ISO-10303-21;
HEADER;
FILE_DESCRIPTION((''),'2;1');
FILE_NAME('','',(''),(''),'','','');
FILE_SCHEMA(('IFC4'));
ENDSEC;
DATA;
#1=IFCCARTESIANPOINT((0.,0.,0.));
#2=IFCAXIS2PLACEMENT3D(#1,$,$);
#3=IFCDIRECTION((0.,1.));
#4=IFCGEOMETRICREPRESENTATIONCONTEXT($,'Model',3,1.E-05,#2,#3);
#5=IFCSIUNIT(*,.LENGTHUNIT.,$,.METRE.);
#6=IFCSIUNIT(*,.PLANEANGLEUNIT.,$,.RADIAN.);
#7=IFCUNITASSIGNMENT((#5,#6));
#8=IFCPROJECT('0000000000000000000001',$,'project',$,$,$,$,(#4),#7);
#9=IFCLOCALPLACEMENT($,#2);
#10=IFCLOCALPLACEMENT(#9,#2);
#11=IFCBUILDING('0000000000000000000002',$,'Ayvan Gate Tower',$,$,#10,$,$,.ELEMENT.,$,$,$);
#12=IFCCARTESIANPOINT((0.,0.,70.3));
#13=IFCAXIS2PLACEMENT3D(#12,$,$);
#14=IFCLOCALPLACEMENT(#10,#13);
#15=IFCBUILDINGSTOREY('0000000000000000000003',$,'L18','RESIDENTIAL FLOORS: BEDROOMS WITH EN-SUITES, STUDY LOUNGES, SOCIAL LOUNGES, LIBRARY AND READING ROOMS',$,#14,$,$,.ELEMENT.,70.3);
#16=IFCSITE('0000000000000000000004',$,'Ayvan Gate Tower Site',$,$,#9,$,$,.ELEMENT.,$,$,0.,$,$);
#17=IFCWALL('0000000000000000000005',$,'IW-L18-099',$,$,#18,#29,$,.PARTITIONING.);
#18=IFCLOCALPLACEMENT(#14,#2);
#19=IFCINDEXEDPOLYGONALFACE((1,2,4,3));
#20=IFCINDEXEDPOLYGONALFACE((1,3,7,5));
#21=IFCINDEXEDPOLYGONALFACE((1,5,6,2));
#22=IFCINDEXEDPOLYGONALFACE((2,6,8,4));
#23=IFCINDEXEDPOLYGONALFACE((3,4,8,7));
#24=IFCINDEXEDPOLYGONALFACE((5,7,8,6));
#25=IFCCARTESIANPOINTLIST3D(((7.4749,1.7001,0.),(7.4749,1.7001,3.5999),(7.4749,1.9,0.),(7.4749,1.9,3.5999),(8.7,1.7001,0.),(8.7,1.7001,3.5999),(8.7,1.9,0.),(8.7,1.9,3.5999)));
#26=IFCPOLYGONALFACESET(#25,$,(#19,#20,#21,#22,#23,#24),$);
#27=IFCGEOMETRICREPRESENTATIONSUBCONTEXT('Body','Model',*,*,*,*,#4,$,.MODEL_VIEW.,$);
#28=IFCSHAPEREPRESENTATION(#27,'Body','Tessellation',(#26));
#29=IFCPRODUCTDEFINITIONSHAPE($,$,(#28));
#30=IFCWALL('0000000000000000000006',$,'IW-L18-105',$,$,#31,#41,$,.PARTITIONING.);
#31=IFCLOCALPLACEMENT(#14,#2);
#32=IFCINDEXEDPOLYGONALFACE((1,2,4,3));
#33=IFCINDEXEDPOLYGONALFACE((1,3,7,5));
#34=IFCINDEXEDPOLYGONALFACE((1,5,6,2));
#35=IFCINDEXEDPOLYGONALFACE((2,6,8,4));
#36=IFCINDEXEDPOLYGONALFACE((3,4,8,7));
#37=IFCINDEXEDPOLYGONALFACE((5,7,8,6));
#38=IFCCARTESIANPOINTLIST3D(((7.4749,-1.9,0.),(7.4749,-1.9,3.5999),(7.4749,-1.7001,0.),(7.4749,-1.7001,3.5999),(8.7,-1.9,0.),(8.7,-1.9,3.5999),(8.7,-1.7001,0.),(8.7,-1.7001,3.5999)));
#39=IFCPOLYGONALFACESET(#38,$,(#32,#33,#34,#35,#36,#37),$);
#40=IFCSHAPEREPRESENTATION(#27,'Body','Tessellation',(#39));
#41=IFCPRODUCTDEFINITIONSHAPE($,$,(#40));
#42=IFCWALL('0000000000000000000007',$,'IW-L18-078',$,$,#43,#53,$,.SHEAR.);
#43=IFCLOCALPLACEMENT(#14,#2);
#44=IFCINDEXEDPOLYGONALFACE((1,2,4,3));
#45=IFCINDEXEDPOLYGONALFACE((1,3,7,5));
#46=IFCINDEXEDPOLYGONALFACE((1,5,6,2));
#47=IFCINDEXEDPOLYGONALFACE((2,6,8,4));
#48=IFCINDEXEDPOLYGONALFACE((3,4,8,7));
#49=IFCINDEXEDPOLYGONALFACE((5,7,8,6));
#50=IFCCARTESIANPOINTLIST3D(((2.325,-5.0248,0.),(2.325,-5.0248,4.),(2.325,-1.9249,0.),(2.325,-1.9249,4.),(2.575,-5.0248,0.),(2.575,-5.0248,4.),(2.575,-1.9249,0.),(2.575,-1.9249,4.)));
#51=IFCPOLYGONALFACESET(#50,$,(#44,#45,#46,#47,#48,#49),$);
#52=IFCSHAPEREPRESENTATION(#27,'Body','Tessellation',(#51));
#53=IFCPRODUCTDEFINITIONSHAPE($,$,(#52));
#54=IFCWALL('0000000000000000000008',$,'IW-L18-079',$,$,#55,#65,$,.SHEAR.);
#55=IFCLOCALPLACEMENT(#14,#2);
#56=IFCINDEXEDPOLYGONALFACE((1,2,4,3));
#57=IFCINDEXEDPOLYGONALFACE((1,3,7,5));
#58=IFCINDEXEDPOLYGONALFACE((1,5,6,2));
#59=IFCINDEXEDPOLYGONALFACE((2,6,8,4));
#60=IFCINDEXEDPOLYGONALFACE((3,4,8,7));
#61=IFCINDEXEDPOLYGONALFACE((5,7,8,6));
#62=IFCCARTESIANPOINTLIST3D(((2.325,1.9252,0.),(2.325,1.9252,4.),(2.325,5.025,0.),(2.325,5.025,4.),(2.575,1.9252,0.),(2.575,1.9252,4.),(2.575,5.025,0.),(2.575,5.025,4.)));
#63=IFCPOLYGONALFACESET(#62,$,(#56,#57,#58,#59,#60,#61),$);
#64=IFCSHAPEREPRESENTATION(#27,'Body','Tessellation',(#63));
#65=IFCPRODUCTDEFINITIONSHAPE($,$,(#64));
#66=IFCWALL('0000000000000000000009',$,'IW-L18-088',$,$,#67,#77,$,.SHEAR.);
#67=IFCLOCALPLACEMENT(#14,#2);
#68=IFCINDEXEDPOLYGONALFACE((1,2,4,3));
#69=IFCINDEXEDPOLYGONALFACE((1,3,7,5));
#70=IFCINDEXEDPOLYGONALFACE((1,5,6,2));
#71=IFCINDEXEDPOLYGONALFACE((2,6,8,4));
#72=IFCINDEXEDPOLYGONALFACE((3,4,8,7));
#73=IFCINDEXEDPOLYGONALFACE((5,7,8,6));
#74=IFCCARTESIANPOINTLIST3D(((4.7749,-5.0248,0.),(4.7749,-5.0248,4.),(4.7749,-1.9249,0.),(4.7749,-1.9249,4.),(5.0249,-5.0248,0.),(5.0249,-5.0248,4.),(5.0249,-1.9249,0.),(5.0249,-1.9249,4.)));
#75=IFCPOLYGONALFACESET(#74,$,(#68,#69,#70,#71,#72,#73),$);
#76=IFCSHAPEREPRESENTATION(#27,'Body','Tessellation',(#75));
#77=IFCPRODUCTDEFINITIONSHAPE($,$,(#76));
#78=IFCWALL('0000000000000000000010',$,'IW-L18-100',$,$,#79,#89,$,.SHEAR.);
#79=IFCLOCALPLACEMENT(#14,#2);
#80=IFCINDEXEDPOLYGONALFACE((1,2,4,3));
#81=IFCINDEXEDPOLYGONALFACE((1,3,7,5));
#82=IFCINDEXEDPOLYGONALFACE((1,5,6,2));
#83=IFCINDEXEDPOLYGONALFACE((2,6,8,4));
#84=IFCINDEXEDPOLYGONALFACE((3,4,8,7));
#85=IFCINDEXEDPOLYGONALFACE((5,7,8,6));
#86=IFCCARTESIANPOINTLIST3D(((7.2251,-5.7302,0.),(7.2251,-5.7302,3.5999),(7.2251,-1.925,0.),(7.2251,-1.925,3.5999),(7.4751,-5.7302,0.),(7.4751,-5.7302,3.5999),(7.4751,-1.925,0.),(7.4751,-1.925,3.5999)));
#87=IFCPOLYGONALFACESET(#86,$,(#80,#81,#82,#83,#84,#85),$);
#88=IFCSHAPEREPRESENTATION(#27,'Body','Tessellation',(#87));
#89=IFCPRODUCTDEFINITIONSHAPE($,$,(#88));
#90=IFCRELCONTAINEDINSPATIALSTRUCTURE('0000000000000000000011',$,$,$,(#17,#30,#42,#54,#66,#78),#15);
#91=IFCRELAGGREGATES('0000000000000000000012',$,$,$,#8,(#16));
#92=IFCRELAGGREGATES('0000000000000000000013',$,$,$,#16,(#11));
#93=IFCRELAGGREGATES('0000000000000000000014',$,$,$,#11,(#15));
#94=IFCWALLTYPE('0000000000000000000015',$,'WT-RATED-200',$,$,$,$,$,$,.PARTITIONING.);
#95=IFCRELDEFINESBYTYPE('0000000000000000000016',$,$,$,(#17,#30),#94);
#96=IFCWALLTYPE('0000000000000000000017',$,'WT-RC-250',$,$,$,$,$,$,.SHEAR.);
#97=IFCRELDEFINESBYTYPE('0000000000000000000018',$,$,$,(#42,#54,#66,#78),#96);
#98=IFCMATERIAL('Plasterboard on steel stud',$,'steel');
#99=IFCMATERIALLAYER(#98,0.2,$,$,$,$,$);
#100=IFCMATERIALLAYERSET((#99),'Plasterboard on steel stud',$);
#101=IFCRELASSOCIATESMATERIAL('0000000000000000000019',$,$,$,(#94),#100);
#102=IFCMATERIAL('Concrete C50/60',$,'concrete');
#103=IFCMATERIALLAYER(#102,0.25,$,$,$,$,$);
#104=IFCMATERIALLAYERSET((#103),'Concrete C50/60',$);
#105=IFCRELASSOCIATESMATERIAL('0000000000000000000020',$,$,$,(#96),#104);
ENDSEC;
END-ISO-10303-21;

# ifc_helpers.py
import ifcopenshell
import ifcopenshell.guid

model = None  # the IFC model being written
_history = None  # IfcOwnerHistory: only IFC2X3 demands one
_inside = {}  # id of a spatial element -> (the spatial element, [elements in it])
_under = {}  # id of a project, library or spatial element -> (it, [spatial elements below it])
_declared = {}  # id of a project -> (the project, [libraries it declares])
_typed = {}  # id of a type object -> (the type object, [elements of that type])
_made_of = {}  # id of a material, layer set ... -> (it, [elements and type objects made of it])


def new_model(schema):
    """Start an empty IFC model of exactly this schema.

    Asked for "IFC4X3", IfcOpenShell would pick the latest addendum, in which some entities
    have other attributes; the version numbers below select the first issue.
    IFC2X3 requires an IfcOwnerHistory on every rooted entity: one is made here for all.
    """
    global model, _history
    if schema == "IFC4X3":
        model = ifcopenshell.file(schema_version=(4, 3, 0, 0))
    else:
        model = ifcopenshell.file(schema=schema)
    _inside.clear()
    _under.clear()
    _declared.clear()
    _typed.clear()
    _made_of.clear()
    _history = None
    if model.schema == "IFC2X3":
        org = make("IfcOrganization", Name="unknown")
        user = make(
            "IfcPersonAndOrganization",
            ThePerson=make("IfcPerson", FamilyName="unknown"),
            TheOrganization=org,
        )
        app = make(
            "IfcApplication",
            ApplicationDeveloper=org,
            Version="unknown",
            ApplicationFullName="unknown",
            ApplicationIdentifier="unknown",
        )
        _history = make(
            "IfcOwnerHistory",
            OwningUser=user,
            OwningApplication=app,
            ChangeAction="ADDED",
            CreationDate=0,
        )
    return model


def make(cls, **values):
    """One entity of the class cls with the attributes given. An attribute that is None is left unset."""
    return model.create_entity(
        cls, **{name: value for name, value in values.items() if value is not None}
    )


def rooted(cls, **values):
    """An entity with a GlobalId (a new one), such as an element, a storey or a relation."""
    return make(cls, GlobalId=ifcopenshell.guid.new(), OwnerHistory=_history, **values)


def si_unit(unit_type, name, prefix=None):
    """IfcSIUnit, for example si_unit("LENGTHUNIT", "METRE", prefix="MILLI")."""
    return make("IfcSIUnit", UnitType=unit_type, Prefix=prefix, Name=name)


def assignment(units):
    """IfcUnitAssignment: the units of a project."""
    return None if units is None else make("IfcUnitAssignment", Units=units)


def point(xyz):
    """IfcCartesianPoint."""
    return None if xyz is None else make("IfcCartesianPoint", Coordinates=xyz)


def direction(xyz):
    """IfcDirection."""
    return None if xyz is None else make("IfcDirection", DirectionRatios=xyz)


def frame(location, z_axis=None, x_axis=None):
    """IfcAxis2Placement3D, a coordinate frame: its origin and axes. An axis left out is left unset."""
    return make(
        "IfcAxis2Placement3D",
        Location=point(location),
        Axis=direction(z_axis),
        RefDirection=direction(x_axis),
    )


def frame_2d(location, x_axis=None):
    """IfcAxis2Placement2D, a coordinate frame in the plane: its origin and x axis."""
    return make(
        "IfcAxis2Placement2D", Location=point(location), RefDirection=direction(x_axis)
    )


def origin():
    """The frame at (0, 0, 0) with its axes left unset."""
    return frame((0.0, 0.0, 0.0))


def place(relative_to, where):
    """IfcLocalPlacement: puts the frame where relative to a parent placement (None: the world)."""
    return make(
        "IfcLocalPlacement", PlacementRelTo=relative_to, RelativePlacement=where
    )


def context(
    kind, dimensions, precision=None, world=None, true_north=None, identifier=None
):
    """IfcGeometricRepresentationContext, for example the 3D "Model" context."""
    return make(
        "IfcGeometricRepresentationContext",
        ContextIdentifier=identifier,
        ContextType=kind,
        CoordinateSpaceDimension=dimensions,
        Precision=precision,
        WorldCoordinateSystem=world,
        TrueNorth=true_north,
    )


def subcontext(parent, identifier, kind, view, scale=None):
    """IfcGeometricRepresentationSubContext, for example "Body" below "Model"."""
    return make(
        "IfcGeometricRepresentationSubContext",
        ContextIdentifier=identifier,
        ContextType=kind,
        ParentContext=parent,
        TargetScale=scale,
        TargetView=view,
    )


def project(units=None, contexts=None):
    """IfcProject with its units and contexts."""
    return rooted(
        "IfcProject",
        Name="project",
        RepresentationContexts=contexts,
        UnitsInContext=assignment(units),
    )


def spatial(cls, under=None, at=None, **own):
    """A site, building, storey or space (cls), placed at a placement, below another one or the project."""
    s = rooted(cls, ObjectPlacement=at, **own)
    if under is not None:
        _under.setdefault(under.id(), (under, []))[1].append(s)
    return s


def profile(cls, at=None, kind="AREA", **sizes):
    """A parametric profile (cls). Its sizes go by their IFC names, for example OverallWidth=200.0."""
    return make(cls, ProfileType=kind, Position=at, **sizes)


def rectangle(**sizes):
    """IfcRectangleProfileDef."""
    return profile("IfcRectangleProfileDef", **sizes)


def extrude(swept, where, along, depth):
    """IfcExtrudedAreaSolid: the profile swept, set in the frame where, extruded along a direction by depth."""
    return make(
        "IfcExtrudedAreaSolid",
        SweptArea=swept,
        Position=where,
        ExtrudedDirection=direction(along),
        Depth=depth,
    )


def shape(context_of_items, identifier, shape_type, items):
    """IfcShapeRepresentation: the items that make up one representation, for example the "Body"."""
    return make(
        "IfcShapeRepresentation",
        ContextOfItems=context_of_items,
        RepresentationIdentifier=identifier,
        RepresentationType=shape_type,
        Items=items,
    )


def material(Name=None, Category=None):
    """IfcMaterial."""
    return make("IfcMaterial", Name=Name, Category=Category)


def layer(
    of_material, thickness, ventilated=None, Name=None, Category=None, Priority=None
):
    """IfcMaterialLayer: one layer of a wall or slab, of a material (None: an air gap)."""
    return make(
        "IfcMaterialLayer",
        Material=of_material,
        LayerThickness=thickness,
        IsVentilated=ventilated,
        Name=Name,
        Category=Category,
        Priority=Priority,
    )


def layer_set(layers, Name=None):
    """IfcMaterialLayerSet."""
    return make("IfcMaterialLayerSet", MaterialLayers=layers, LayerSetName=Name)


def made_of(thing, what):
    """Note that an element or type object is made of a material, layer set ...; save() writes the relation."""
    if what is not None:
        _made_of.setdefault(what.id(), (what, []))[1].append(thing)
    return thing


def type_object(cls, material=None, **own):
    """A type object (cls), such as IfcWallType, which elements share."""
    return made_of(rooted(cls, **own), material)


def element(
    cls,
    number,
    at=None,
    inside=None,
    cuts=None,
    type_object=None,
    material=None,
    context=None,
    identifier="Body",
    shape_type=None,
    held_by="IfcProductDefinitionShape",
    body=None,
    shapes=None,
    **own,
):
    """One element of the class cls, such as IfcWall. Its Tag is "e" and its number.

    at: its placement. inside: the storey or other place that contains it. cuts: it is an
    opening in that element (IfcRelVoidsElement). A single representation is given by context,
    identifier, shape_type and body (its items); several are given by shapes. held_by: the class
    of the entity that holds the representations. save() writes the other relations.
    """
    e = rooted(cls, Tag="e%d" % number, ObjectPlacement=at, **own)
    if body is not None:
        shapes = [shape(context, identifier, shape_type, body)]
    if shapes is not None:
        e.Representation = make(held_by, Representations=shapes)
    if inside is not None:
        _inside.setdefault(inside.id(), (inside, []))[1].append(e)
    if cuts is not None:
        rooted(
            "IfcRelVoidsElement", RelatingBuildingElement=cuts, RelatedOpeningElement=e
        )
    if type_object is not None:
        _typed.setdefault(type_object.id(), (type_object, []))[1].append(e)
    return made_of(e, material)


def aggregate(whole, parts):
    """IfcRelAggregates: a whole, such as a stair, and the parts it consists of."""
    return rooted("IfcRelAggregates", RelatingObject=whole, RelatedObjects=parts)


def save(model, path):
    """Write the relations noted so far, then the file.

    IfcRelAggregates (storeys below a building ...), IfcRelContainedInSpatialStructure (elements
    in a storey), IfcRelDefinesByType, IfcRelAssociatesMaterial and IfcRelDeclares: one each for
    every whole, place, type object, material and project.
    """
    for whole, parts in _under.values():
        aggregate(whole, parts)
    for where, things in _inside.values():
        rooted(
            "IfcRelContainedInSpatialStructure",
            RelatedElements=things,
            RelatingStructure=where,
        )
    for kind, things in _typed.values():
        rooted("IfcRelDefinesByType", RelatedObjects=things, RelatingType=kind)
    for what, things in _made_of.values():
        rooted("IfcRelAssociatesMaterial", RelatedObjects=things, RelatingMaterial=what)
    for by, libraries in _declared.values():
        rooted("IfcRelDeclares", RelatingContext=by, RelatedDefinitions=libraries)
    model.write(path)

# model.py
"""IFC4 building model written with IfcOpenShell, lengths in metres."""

from ifc_helpers import new_model, si_unit, direction, frame, frame_2d, origin, place, context, subcontext, project, spatial, rectangle, extrude, material, layer, layer_set, type_object, element, save


model = new_model("IFC4")

# Units and contexts
model_context = context("Model", 3, precision=1e-05, world=origin(), true_north=direction((0.0, 1.0)))
body_context = subcontext(model_context, "Body", "Model", "MODEL_VIEW")
ifc_project = project(units=[si_unit("LENGTHUNIT", "METRE"), si_unit("PLANEANGLEUNIT", "RADIAN")], contexts=[model_context])

# Site, building, storey
site_placement = place(None, origin())
site = spatial("IfcSite", under=ifc_project, at=site_placement, Name="Ayvan Gate Tower Site", CompositionType="ELEMENT", RefElevation=0.0)
building_placement = place(site_placement, origin())
building = spatial("IfcBuilding", under=site, at=building_placement, Name="Ayvan Gate Tower", CompositionType="ELEMENT")
storey_placement = place(building_placement, frame((0.0, 0.0, 70.3)))
storey = spatial("IfcBuildingStorey", under=building, at=storey_placement, Name="L18", Description="RESIDENTIAL FLOORS: BEDROOMS WITH EN-SUITES, STUDY LOUNGES, SOCIAL LOUNGES, LIBRARY AND READING ROOMS", CompositionType="ELEMENT", Elevation=70.3)

# Shared definitions
ifc_material_1 = material(Name="Plasterboard on steel stud", Category="steel")

# Walls
ifc_layer_1 = layer(ifc_material_1, 0.2)
ifc_layer_set_1 = layer_set([ifc_layer_1], Name="Plasterboard on steel stud")
wall_type_1 = type_object("IfcWallType", Name="WT-RATED-200", PredefinedType="PARTITIONING", material=ifc_layer_set_1)
for number, where, z_axis, x_axis, name in (
    (1, (7.4749, 1.8, 0.0), (0.0, 0.0, 1.0), (1.0, 0.0, 0.0), "IW-L18-099"),
    (2, (8.7, -1.8, 0.0), (0.0, 0.0, 1.0), (-1.0, 0.0, 0.0), "IW-L18-105"),
):
    element("IfcWall", number, at=place(storey_placement, frame(where, z_axis=z_axis, x_axis=x_axis)), inside=storey, type_object=wall_type_1, Name=name, PredefinedType="PARTITIONING", context=body_context, shape_type="SweptSolid", body=[
        extrude(rectangle(XDim=1.2251, YDim=0.2, at=frame_2d((0.6125, 0.0))), origin(), (0.0, 0.0, 1.0), 3.5999),
    ])
ifc_material_2 = material(Name="Concrete C50/60", Category="concrete")
ifc_layer_2 = layer(ifc_material_2, 0.25)
ifc_layer_set_2 = layer_set([ifc_layer_2], Name="Concrete C50/60")
wall_type_2 = type_object("IfcWallType", Name="WT-RC-250", PredefinedType="SHEAR", material=ifc_layer_set_2)
for number, where, z_axis, x_axis, name in (
    (3, (2.45, -1.925, 0.0), (0.0, 0.0, 1.0), (0.0, -1.0, 0.0), "IW-L18-078"),
    (4, (2.45, 5.0249, 0.0), (0.0, 0.0, 1.0), (0.0, -1.0, 0.0), "IW-L18-079"),
    (5, (4.8999, -1.925, 0.0), (0.0, 0.0, 1.0), (0.0, -1.0, 0.0), "IW-L18-088"),
):
    element("IfcWall", number, at=place(storey_placement, frame(where, z_axis=z_axis, x_axis=x_axis)), inside=storey, type_object=wall_type_2, Name=name, PredefinedType="SHEAR", context=body_context, shape_type="SweptSolid", body=[
        extrude(rectangle(XDim=3.0999, YDim=0.25, at=frame_2d((1.5498, 0.0))), origin(), (0.0, 0.0, 1.0), 4.0),
    ])
wall_1_placement = place(storey_placement, frame((7.3501, -1.925, 0.0), z_axis=(0.0, 0.0, 1.0), x_axis=(0.0, -1.0, 0.0)))
element("IfcWall", 6, at=wall_1_placement, inside=storey, type_object=wall_type_2, Name="IW-L18-100", PredefinedType="SHEAR", context=body_context, shape_type="SweptSolid", body=[
    extrude(rectangle(XDim=3.8052, YDim=0.25, at=frame_2d((1.9026, 0.0))), origin(), (0.0, 0.0, 1.0), 3.5999),
])

save(model, "model.ifc")
